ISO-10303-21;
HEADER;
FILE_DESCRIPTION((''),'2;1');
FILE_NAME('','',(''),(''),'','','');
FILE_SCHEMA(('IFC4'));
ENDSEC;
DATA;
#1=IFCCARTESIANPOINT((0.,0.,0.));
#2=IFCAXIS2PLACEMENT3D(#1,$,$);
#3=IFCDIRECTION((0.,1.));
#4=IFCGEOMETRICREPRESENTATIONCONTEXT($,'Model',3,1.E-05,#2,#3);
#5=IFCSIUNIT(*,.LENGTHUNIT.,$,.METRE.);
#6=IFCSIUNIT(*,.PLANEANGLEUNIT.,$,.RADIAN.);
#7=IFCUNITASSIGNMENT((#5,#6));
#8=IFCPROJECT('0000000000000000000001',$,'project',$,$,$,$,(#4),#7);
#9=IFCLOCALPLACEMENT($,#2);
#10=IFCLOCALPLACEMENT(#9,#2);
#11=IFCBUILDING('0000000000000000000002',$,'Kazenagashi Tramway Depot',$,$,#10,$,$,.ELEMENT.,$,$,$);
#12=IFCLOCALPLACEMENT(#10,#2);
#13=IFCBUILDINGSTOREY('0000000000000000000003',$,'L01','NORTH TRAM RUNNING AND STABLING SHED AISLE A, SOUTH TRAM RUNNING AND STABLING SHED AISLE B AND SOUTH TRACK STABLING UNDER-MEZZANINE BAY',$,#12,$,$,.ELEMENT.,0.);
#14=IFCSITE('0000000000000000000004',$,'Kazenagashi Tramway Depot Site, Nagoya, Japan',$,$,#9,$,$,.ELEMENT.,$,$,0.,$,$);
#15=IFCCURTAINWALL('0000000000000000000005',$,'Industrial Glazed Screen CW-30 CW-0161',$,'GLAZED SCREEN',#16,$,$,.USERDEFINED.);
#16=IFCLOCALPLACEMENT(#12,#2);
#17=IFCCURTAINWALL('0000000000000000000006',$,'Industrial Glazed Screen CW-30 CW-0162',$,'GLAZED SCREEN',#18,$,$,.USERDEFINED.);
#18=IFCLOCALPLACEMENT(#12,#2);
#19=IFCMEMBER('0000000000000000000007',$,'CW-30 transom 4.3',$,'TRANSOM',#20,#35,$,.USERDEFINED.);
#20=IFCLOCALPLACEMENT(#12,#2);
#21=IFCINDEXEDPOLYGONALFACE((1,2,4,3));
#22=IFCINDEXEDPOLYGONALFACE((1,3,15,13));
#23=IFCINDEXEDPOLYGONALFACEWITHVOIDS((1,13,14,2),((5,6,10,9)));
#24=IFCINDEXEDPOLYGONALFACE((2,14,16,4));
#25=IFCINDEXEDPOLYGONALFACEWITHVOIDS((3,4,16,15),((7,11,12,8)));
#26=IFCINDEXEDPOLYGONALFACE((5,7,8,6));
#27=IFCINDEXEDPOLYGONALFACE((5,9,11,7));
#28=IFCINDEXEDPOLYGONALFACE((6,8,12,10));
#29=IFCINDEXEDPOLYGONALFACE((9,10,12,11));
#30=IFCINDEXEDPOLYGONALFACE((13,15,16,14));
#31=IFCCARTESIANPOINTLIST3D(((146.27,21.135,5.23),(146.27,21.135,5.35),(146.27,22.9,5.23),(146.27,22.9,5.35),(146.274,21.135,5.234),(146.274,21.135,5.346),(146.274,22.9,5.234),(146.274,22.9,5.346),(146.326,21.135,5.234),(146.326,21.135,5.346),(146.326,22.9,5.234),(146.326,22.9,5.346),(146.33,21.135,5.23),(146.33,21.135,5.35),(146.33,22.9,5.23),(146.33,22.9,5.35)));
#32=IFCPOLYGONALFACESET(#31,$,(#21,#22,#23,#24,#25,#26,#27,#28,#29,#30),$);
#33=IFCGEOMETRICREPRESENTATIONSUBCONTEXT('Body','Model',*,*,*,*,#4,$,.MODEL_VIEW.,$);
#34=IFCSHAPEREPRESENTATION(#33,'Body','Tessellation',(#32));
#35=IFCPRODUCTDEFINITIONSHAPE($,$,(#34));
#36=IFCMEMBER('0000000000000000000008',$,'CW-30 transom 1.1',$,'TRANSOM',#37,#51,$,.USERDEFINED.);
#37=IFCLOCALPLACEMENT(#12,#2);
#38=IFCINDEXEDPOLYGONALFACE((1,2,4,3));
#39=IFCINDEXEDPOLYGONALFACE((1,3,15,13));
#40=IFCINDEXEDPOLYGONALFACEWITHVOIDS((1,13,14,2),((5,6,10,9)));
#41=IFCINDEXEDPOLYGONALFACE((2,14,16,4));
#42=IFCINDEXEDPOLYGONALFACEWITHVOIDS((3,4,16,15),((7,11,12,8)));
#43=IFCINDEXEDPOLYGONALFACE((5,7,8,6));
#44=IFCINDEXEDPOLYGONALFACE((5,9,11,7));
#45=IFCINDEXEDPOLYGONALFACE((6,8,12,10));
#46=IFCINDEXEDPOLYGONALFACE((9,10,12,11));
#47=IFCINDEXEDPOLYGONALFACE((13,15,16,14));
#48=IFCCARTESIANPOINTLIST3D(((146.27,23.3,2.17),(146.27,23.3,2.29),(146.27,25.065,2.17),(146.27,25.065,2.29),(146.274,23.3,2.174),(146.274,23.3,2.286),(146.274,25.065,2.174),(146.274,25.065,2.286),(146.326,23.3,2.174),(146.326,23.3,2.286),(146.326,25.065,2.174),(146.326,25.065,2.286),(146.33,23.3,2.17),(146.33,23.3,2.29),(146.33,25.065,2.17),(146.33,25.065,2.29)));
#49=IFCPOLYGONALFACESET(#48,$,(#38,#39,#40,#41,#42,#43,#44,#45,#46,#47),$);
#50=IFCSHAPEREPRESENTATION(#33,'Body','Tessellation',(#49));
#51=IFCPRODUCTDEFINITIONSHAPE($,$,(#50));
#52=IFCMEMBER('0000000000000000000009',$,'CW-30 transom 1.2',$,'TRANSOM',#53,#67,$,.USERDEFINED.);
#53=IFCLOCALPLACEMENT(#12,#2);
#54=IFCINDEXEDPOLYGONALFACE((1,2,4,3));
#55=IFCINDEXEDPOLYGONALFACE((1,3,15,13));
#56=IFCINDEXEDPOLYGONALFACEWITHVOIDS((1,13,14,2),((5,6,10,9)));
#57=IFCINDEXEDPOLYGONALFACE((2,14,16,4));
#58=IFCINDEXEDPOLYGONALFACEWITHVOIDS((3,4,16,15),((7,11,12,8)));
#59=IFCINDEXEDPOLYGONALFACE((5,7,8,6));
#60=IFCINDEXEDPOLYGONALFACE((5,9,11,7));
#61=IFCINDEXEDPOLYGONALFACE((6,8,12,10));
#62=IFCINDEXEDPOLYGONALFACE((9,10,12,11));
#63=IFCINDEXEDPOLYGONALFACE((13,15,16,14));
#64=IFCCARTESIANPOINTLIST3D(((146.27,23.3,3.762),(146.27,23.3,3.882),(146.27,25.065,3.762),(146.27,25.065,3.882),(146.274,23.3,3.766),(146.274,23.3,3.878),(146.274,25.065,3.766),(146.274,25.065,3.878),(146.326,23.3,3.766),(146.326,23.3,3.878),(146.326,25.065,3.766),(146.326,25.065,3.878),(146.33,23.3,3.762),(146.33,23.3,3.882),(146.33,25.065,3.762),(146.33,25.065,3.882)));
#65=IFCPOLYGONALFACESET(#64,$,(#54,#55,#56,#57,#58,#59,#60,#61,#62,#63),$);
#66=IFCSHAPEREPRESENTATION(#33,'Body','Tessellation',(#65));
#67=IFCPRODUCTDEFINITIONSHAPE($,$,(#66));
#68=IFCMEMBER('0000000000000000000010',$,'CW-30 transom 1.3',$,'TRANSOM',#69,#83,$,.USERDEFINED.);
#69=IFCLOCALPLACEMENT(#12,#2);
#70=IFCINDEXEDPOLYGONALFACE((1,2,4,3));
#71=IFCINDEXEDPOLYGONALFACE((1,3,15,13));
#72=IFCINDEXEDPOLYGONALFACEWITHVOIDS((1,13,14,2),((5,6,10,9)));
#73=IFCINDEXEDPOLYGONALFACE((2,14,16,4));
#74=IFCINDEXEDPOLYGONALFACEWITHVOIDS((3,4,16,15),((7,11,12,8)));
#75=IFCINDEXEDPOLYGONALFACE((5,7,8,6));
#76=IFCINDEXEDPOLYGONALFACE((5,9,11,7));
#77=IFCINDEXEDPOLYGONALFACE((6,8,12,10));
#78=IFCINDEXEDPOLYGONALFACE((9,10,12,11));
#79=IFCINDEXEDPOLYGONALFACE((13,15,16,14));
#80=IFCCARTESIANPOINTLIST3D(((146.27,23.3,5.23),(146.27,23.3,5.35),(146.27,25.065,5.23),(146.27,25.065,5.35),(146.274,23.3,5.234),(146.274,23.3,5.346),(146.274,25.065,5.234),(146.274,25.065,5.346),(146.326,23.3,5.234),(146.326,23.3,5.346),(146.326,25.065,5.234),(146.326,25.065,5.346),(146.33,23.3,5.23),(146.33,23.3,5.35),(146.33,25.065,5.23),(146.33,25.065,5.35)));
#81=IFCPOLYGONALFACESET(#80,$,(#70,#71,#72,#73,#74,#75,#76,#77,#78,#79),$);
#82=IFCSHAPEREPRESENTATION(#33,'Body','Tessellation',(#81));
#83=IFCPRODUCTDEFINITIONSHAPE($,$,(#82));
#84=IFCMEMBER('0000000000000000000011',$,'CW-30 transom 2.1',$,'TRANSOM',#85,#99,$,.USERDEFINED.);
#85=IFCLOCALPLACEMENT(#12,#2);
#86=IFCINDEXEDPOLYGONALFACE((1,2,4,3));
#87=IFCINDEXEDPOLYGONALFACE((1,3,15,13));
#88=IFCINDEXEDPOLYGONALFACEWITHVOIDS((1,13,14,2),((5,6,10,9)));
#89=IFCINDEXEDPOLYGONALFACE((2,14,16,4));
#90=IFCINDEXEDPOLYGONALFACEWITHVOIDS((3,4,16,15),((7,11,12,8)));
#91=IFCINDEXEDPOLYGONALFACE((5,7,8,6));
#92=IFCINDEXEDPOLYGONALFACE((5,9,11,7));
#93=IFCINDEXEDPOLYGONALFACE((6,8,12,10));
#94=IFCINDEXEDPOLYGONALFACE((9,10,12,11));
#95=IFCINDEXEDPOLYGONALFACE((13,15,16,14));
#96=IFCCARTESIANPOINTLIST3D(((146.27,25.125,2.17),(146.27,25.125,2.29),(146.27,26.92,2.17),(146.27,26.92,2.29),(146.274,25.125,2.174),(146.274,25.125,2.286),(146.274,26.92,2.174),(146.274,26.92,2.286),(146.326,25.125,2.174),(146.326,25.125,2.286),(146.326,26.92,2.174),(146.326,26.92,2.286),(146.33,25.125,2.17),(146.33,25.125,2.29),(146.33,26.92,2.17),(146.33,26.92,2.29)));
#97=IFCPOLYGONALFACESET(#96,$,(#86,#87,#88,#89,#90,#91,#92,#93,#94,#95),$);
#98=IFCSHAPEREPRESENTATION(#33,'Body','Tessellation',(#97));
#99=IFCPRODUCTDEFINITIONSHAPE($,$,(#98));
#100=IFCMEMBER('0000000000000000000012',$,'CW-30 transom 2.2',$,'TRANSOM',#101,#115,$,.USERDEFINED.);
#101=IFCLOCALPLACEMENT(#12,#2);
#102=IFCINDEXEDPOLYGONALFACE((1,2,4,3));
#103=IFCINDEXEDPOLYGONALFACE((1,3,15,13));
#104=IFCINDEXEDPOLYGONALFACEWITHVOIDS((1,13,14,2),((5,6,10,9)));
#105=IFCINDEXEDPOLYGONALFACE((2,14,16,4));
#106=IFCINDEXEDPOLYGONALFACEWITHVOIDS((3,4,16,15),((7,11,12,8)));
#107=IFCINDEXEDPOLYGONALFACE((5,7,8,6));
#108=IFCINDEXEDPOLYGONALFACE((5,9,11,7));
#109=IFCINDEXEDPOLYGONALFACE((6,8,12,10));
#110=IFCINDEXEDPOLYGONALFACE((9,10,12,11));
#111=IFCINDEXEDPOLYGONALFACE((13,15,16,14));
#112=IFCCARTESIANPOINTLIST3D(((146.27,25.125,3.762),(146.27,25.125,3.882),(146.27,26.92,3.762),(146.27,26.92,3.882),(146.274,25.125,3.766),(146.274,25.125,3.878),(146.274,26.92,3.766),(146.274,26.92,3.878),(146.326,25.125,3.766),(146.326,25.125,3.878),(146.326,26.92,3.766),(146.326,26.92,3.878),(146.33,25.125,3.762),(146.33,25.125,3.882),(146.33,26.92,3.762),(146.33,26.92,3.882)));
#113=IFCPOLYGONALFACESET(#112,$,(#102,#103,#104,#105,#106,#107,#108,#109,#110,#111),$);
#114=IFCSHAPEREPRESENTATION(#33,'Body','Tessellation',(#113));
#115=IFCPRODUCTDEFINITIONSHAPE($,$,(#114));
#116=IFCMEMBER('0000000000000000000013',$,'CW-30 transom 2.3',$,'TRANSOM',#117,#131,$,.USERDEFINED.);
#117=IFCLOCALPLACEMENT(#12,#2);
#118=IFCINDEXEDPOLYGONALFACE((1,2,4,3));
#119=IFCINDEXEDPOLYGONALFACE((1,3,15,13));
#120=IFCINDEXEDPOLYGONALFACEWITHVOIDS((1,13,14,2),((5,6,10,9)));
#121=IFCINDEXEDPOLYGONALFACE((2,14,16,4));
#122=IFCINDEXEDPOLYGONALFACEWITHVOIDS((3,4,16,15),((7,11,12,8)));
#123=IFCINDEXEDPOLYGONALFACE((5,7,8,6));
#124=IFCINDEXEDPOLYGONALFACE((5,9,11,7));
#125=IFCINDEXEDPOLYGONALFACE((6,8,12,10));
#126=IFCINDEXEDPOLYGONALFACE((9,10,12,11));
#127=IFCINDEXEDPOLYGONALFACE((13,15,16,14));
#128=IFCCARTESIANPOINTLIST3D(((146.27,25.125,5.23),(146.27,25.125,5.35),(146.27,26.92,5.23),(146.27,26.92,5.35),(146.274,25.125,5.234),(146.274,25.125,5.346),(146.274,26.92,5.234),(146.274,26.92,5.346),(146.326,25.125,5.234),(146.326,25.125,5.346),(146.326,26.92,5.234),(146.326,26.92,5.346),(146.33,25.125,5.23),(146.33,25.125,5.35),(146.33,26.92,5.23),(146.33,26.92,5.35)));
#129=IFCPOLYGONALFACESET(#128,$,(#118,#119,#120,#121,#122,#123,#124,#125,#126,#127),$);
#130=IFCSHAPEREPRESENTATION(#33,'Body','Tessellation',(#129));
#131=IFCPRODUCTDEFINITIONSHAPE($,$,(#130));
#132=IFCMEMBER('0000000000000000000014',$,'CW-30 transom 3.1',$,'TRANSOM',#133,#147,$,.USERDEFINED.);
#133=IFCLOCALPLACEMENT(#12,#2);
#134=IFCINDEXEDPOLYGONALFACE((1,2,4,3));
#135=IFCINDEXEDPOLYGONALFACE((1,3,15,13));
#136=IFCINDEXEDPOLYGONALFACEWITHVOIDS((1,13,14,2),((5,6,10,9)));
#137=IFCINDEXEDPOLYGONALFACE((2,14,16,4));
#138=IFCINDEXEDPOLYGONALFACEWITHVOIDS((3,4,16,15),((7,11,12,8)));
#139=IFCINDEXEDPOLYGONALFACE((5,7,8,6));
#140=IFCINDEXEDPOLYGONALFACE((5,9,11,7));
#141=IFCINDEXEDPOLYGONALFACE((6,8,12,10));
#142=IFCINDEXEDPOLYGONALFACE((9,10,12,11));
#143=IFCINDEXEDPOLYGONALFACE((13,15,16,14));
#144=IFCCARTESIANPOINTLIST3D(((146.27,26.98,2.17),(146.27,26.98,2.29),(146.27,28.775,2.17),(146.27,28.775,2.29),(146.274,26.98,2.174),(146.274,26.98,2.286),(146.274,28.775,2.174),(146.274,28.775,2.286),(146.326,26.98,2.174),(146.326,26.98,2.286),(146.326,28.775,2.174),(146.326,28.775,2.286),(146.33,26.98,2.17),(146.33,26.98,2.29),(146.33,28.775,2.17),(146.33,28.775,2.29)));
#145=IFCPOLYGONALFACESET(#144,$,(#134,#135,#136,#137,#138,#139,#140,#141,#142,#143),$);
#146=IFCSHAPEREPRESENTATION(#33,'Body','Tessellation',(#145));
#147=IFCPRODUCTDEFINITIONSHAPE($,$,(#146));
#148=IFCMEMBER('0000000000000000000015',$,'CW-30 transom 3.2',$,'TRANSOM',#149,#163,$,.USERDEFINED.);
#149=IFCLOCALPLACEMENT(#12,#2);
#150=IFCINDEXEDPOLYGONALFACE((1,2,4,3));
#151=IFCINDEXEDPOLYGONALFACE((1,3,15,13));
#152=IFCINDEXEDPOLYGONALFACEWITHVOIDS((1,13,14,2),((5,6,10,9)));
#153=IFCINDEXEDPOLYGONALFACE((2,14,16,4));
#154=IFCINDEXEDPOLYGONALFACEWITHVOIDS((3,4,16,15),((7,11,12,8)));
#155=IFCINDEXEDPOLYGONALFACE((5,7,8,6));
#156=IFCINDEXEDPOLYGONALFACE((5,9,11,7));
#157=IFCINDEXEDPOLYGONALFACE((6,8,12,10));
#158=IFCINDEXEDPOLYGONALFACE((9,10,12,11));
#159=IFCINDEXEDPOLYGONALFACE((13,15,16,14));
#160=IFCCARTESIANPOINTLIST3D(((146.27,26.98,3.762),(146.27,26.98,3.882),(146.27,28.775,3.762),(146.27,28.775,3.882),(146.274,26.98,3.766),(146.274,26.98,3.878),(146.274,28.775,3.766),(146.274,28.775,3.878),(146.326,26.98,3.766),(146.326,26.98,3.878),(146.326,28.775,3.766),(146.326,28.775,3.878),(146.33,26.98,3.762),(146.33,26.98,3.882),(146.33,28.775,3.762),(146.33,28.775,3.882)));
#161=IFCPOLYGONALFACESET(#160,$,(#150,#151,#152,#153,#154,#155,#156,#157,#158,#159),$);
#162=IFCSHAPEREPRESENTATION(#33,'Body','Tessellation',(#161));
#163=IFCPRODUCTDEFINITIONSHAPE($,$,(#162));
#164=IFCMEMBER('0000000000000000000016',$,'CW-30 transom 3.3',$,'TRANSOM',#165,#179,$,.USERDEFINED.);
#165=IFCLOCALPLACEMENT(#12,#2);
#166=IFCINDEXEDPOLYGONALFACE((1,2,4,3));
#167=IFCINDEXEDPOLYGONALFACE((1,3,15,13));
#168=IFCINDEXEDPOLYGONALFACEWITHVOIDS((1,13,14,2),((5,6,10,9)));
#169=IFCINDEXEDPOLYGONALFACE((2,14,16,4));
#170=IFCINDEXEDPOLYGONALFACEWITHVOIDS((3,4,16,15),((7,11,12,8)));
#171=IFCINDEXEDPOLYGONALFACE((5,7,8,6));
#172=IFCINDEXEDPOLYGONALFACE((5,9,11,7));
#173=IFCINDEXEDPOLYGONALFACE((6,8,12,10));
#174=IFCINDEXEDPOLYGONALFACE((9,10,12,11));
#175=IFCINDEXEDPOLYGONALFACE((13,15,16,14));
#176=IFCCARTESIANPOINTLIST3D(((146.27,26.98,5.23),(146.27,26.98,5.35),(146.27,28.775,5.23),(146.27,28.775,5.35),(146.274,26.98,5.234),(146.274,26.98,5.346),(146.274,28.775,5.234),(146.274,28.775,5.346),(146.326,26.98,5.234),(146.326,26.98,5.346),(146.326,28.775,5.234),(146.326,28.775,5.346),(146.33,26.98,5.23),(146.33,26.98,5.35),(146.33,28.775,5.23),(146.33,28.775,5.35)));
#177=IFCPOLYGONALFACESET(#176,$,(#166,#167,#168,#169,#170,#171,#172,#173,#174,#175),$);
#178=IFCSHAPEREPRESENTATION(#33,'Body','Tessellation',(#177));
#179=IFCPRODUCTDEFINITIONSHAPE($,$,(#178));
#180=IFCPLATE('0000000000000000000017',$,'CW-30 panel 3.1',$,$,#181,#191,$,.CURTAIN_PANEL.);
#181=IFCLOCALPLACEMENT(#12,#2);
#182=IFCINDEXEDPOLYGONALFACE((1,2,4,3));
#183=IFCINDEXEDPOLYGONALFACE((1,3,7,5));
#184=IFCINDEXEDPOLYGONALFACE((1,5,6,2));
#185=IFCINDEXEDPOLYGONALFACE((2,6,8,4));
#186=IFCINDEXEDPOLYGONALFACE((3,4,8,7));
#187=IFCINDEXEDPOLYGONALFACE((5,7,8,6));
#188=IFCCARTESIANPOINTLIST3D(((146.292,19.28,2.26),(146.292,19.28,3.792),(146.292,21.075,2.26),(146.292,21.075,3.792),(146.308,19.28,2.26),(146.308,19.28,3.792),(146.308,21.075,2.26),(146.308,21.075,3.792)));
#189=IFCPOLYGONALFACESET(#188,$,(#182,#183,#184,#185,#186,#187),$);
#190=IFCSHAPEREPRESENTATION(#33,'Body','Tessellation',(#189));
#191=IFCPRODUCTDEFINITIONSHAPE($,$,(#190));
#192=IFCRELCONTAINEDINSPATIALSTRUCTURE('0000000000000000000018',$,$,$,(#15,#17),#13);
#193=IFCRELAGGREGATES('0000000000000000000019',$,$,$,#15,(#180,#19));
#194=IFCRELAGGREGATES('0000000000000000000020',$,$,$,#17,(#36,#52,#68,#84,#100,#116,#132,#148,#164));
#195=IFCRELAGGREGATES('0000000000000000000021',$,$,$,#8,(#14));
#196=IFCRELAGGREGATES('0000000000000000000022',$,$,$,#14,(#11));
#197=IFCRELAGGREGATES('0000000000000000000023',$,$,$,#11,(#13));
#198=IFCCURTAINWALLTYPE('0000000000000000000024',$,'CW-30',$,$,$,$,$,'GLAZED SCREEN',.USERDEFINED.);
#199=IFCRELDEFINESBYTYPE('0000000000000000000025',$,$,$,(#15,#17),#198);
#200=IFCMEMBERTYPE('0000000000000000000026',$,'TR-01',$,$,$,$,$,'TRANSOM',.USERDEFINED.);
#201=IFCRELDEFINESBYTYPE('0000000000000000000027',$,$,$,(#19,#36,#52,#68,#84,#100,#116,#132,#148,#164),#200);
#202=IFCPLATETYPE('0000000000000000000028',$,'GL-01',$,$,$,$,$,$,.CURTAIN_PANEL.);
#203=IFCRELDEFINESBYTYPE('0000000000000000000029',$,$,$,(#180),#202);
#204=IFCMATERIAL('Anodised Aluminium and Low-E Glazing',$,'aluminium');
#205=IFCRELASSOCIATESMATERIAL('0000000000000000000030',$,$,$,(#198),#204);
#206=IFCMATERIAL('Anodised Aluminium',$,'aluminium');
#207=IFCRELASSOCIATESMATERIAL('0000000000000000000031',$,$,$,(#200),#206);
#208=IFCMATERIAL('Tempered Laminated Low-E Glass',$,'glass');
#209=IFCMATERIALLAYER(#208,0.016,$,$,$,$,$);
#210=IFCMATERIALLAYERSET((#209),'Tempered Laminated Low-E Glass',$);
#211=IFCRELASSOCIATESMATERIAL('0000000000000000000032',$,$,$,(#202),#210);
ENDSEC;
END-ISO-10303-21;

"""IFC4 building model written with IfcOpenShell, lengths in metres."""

from ifc_helpers import new_model, si_unit, direction, frame, origin, origin_2d, place, context, subcontext, project, spatial, rectangle, hollow_rectangle, extrude, material, layer, layer_set, material_profile, profile_set, type_object, element, aggregate, save


model = new_model("IFC4")

# Units and contexts
model_context = context("Model", 3, precision=1e-05, world=origin(), true_north=direction((0.0, 1.0)))
body_context = subcontext(model_context, "Body", "Model", "MODEL_VIEW")
ifc_project = project(units=[si_unit("LENGTHUNIT", "METRE"), si_unit("PLANEANGLEUNIT", "RADIAN")], contexts=[model_context])

# Site, building, storey
site_placement = place(None, origin())
site = spatial("IfcSite", under=ifc_project, at=site_placement, Name="Kazenagashi Tramway Depot Site, Nagoya, Japan", CompositionType="ELEMENT", RefElevation=0.0)
building_placement = place(site_placement, origin())
building = spatial("IfcBuilding", under=site, at=building_placement, Name="Kazenagashi Tramway Depot", CompositionType="ELEMENT")
storey_placement = place(building_placement, origin())
storey = spatial("IfcBuildingStorey", under=building, at=storey_placement, Name="L01", Description="NORTH TRAM RUNNING AND STABLING SHED AISLE A, SOUTH TRAM RUNNING AND STABLING SHED AISLE B AND SOUTH TRACK STABLING UNDER-MEZZANINE BAY", CompositionType="ELEMENT", Elevation=0.0)

# Curtain walls
ifc_material_1 = material(Name="Anodised Aluminium and Low-E Glazing", Category="aluminium")
curtain_wall_type = type_object("IfcCurtainWallType", Name="CW-30", ElementType="GLAZED SCREEN", PredefinedType="USERDEFINED", material=ifc_material_1)
curtain_wall_1_placement = place(storey_placement, origin())
curtain_wall_1 = element("IfcCurtainWall", 1, at=curtain_wall_1_placement, inside=storey, type_object=curtain_wall_type, Name="Industrial Glazed Screen CW-30 CW-0161", ObjectType="GLAZED SCREEN", PredefinedType="USERDEFINED")
ifc_material_2 = material(Name="Anodised Aluminium", Category="aluminium")
curtain_wall_2_placement = place(storey_placement, origin())
curtain_wall_2 = element("IfcCurtainWall", 2, at=curtain_wall_2_placement, inside=storey, type_object=curtain_wall_type, Name="Industrial Glazed Screen CW-30 CW-0162", ObjectType="GLAZED SCREEN", PredefinedType="USERDEFINED")

# Members
ifc_material_profile_1 = material_profile(ifc_material_2, hollow_rectangle(XDim=0.06, YDim=0.12, WallThickness=0.004, at=origin_2d()), Name="RHS-120x60x4")
ifc_profile_set_1 = profile_set([ifc_material_profile_1], Name="Anodised Aluminium")
member_type_1 = type_object("IfcMemberType", Name="TR-01", ElementType="TRANSOM", PredefinedType="USERDEFINED", material=ifc_profile_set_1)
member_1_placement = place(storey_placement, frame((146.3, 21.135, 5.29), z_axis=(0.0, 1.0, 0.0), x_axis=(-1.0, 0.0, 0.0)))
member_1 = element("IfcMember", 3, at=member_1_placement, type_object=member_type_1, Name="CW-30 transom 4.3", ObjectType="TRANSOM", PredefinedType="USERDEFINED", context=body_context, shape_type="SweptSolid", body=[
    extrude(hollow_rectangle(XDim=0.06, YDim=0.12, WallThickness=0.004, at=origin_2d()), origin(), (0.0, 0.0, 1.0), 1.765),
])
member_2_placement = place(storey_placement, frame((146.3, 23.3, 2.23), z_axis=(0.0, 1.0, 0.0), x_axis=(-1.0, 0.0, 0.0)))
member_2 = element("IfcMember", 4, at=member_2_placement, type_object=member_type_1, Name="CW-30 transom 1.1", ObjectType="TRANSOM", PredefinedType="USERDEFINED", context=body_context, shape_type="SweptSolid", body=[
    extrude(hollow_rectangle(XDim=0.06, YDim=0.12, WallThickness=0.004, at=origin_2d()), origin(), (0.0, 0.0, 1.0), 1.765),
])
member_3_placement = place(storey_placement, frame((146.3, 23.3, 3.822), z_axis=(0.0, 1.0, 0.0), x_axis=(-1.0, 0.0, 0.0)))
member_3 = element("IfcMember", 5, at=member_3_placement, type_object=member_type_1, Name="CW-30 transom 1.2", ObjectType="TRANSOM", PredefinedType="USERDEFINED", context=body_context, shape_type="SweptSolid", body=[
    extrude(hollow_rectangle(XDim=0.06, YDim=0.12, WallThickness=0.004, at=origin_2d()), origin(), (0.0, 0.0, 1.0), 1.765),
])
member_4_placement = place(storey_placement, frame((146.3, 23.3, 5.29), z_axis=(0.0, 1.0, 0.0), x_axis=(-1.0, 0.0, 0.0)))
member_4 = element("IfcMember", 6, at=member_4_placement, type_object=member_type_1, Name="CW-30 transom 1.3", ObjectType="TRANSOM", PredefinedType="USERDEFINED", context=body_context, shape_type="SweptSolid", body=[
    extrude(hollow_rectangle(XDim=0.06, YDim=0.12, WallThickness=0.004, at=origin_2d()), origin(), (0.0, 0.0, 1.0), 1.765),
])
member_5_placement = place(storey_placement, frame((146.3, 25.125, 2.23), z_axis=(0.0, 1.0, 0.0), x_axis=(-1.0, 0.0, 0.0)))
member_5 = element("IfcMember", 7, at=member_5_placement, type_object=member_type_1, Name="CW-30 transom 2.1", ObjectType="TRANSOM", PredefinedType="USERDEFINED", context=body_context, shape_type="SweptSolid", body=[
    extrude(hollow_rectangle(XDim=0.06, YDim=0.12, WallThickness=0.004, at=origin_2d()), origin(), (0.0, 0.0, 1.0), 1.795),
])
member_6_placement = place(storey_placement, frame((146.3, 25.125, 3.822), z_axis=(0.0, 1.0, 0.0), x_axis=(-1.0, 0.0, 0.0)))
member_6 = element("IfcMember", 8, at=member_6_placement, type_object=member_type_1, Name="CW-30 transom 2.2", ObjectType="TRANSOM", PredefinedType="USERDEFINED", context=body_context, shape_type="SweptSolid", body=[
    extrude(hollow_rectangle(XDim=0.06, YDim=0.12, WallThickness=0.004, at=origin_2d()), origin(), (0.0, 0.0, 1.0), 1.795),
])
member_7_placement = place(storey_placement, frame((146.3, 25.125, 5.29), z_axis=(0.0, 1.0, 0.0), x_axis=(-1.0, 0.0, 0.0)))
member_7 = element("IfcMember", 9, at=member_7_placement, type_object=member_type_1, Name="CW-30 transom 2.3", ObjectType="TRANSOM", PredefinedType="USERDEFINED", context=body_context, shape_type="SweptSolid", body=[
    extrude(hollow_rectangle(XDim=0.06, YDim=0.12, WallThickness=0.004, at=origin_2d()), origin(), (0.0, 0.0, 1.0), 1.795),
])
member_8_placement = place(storey_placement, frame((146.3, 26.98, 2.23), z_axis=(0.0, 1.0, 0.0), x_axis=(-1.0, 0.0, 0.0)))
member_8 = element("IfcMember", 10, at=member_8_placement, type_object=member_type_1, Name="CW-30 transom 3.1", ObjectType="TRANSOM", PredefinedType="USERDEFINED", context=body_context, shape_type="SweptSolid", body=[
    extrude(hollow_rectangle(XDim=0.06, YDim=0.12, WallThickness=0.004, at=origin_2d()), origin(), (0.0, 0.0, 1.0), 1.795),
])
member_9_placement = place(storey_placement, frame((146.3, 26.98, 3.822), z_axis=(0.0, 1.0, 0.0), x_axis=(-1.0, 0.0, 0.0)))
member_9 = element("IfcMember", 11, at=member_9_placement, type_object=member_type_1, Name="CW-30 transom 3.2", ObjectType="TRANSOM", PredefinedType="USERDEFINED", context=body_context, shape_type="SweptSolid", body=[
    extrude(hollow_rectangle(XDim=0.06, YDim=0.12, WallThickness=0.004, at=origin_2d()), origin(), (0.0, 0.0, 1.0), 1.795),
])
member_10_placement = place(storey_placement, frame((146.3, 26.98, 5.29), z_axis=(0.0, 1.0, 0.0), x_axis=(-1.0, 0.0, 0.0)))
member_10 = element("IfcMember", 12, at=member_10_placement, type_object=member_type_1, Name="CW-30 transom 3.3", ObjectType="TRANSOM", PredefinedType="USERDEFINED", context=body_context, shape_type="SweptSolid", body=[
    extrude(hollow_rectangle(XDim=0.06, YDim=0.12, WallThickness=0.004, at=origin_2d()), origin(), (0.0, 0.0, 1.0), 1.795),
])

# Plate
ifc_material_3 = material(Name="Tempered Laminated Low-E Glass", Category="glass")
ifc_layer_1 = layer(ifc_material_3, 0.016)
ifc_layer_set_1 = layer_set([ifc_layer_1], Name="Tempered Laminated Low-E Glass")
plate_type_1 = type_object("IfcPlateType", Name="GL-01", PredefinedType="CURTAIN_PANEL", material=ifc_layer_set_1)
plate_1_placement = place(storey_placement, frame((146.3, 20.1775, 2.26), z_axis=(0.0, 0.0, 1.0), x_axis=(0.0, 1.0, 0.0)))
plate_1 = element("IfcPlate", 13, at=plate_1_placement, type_object=plate_type_1, Name="CW-30 panel 3.1", PredefinedType="CURTAIN_PANEL", context=body_context, shape_type="SweptSolid", body=[
    extrude(rectangle(XDim=1.795, YDim=0.016, at=origin_2d()), origin(), (0.0, 0.0, 1.0), 1.532),
])
aggregate(curtain_wall_1, [plate_1, member_1])
aggregate(curtain_wall_2, [member_2, member_3, member_4, member_5, member_6, member_7, member_8, member_9, member_10])

save(model, "model.ifc")
